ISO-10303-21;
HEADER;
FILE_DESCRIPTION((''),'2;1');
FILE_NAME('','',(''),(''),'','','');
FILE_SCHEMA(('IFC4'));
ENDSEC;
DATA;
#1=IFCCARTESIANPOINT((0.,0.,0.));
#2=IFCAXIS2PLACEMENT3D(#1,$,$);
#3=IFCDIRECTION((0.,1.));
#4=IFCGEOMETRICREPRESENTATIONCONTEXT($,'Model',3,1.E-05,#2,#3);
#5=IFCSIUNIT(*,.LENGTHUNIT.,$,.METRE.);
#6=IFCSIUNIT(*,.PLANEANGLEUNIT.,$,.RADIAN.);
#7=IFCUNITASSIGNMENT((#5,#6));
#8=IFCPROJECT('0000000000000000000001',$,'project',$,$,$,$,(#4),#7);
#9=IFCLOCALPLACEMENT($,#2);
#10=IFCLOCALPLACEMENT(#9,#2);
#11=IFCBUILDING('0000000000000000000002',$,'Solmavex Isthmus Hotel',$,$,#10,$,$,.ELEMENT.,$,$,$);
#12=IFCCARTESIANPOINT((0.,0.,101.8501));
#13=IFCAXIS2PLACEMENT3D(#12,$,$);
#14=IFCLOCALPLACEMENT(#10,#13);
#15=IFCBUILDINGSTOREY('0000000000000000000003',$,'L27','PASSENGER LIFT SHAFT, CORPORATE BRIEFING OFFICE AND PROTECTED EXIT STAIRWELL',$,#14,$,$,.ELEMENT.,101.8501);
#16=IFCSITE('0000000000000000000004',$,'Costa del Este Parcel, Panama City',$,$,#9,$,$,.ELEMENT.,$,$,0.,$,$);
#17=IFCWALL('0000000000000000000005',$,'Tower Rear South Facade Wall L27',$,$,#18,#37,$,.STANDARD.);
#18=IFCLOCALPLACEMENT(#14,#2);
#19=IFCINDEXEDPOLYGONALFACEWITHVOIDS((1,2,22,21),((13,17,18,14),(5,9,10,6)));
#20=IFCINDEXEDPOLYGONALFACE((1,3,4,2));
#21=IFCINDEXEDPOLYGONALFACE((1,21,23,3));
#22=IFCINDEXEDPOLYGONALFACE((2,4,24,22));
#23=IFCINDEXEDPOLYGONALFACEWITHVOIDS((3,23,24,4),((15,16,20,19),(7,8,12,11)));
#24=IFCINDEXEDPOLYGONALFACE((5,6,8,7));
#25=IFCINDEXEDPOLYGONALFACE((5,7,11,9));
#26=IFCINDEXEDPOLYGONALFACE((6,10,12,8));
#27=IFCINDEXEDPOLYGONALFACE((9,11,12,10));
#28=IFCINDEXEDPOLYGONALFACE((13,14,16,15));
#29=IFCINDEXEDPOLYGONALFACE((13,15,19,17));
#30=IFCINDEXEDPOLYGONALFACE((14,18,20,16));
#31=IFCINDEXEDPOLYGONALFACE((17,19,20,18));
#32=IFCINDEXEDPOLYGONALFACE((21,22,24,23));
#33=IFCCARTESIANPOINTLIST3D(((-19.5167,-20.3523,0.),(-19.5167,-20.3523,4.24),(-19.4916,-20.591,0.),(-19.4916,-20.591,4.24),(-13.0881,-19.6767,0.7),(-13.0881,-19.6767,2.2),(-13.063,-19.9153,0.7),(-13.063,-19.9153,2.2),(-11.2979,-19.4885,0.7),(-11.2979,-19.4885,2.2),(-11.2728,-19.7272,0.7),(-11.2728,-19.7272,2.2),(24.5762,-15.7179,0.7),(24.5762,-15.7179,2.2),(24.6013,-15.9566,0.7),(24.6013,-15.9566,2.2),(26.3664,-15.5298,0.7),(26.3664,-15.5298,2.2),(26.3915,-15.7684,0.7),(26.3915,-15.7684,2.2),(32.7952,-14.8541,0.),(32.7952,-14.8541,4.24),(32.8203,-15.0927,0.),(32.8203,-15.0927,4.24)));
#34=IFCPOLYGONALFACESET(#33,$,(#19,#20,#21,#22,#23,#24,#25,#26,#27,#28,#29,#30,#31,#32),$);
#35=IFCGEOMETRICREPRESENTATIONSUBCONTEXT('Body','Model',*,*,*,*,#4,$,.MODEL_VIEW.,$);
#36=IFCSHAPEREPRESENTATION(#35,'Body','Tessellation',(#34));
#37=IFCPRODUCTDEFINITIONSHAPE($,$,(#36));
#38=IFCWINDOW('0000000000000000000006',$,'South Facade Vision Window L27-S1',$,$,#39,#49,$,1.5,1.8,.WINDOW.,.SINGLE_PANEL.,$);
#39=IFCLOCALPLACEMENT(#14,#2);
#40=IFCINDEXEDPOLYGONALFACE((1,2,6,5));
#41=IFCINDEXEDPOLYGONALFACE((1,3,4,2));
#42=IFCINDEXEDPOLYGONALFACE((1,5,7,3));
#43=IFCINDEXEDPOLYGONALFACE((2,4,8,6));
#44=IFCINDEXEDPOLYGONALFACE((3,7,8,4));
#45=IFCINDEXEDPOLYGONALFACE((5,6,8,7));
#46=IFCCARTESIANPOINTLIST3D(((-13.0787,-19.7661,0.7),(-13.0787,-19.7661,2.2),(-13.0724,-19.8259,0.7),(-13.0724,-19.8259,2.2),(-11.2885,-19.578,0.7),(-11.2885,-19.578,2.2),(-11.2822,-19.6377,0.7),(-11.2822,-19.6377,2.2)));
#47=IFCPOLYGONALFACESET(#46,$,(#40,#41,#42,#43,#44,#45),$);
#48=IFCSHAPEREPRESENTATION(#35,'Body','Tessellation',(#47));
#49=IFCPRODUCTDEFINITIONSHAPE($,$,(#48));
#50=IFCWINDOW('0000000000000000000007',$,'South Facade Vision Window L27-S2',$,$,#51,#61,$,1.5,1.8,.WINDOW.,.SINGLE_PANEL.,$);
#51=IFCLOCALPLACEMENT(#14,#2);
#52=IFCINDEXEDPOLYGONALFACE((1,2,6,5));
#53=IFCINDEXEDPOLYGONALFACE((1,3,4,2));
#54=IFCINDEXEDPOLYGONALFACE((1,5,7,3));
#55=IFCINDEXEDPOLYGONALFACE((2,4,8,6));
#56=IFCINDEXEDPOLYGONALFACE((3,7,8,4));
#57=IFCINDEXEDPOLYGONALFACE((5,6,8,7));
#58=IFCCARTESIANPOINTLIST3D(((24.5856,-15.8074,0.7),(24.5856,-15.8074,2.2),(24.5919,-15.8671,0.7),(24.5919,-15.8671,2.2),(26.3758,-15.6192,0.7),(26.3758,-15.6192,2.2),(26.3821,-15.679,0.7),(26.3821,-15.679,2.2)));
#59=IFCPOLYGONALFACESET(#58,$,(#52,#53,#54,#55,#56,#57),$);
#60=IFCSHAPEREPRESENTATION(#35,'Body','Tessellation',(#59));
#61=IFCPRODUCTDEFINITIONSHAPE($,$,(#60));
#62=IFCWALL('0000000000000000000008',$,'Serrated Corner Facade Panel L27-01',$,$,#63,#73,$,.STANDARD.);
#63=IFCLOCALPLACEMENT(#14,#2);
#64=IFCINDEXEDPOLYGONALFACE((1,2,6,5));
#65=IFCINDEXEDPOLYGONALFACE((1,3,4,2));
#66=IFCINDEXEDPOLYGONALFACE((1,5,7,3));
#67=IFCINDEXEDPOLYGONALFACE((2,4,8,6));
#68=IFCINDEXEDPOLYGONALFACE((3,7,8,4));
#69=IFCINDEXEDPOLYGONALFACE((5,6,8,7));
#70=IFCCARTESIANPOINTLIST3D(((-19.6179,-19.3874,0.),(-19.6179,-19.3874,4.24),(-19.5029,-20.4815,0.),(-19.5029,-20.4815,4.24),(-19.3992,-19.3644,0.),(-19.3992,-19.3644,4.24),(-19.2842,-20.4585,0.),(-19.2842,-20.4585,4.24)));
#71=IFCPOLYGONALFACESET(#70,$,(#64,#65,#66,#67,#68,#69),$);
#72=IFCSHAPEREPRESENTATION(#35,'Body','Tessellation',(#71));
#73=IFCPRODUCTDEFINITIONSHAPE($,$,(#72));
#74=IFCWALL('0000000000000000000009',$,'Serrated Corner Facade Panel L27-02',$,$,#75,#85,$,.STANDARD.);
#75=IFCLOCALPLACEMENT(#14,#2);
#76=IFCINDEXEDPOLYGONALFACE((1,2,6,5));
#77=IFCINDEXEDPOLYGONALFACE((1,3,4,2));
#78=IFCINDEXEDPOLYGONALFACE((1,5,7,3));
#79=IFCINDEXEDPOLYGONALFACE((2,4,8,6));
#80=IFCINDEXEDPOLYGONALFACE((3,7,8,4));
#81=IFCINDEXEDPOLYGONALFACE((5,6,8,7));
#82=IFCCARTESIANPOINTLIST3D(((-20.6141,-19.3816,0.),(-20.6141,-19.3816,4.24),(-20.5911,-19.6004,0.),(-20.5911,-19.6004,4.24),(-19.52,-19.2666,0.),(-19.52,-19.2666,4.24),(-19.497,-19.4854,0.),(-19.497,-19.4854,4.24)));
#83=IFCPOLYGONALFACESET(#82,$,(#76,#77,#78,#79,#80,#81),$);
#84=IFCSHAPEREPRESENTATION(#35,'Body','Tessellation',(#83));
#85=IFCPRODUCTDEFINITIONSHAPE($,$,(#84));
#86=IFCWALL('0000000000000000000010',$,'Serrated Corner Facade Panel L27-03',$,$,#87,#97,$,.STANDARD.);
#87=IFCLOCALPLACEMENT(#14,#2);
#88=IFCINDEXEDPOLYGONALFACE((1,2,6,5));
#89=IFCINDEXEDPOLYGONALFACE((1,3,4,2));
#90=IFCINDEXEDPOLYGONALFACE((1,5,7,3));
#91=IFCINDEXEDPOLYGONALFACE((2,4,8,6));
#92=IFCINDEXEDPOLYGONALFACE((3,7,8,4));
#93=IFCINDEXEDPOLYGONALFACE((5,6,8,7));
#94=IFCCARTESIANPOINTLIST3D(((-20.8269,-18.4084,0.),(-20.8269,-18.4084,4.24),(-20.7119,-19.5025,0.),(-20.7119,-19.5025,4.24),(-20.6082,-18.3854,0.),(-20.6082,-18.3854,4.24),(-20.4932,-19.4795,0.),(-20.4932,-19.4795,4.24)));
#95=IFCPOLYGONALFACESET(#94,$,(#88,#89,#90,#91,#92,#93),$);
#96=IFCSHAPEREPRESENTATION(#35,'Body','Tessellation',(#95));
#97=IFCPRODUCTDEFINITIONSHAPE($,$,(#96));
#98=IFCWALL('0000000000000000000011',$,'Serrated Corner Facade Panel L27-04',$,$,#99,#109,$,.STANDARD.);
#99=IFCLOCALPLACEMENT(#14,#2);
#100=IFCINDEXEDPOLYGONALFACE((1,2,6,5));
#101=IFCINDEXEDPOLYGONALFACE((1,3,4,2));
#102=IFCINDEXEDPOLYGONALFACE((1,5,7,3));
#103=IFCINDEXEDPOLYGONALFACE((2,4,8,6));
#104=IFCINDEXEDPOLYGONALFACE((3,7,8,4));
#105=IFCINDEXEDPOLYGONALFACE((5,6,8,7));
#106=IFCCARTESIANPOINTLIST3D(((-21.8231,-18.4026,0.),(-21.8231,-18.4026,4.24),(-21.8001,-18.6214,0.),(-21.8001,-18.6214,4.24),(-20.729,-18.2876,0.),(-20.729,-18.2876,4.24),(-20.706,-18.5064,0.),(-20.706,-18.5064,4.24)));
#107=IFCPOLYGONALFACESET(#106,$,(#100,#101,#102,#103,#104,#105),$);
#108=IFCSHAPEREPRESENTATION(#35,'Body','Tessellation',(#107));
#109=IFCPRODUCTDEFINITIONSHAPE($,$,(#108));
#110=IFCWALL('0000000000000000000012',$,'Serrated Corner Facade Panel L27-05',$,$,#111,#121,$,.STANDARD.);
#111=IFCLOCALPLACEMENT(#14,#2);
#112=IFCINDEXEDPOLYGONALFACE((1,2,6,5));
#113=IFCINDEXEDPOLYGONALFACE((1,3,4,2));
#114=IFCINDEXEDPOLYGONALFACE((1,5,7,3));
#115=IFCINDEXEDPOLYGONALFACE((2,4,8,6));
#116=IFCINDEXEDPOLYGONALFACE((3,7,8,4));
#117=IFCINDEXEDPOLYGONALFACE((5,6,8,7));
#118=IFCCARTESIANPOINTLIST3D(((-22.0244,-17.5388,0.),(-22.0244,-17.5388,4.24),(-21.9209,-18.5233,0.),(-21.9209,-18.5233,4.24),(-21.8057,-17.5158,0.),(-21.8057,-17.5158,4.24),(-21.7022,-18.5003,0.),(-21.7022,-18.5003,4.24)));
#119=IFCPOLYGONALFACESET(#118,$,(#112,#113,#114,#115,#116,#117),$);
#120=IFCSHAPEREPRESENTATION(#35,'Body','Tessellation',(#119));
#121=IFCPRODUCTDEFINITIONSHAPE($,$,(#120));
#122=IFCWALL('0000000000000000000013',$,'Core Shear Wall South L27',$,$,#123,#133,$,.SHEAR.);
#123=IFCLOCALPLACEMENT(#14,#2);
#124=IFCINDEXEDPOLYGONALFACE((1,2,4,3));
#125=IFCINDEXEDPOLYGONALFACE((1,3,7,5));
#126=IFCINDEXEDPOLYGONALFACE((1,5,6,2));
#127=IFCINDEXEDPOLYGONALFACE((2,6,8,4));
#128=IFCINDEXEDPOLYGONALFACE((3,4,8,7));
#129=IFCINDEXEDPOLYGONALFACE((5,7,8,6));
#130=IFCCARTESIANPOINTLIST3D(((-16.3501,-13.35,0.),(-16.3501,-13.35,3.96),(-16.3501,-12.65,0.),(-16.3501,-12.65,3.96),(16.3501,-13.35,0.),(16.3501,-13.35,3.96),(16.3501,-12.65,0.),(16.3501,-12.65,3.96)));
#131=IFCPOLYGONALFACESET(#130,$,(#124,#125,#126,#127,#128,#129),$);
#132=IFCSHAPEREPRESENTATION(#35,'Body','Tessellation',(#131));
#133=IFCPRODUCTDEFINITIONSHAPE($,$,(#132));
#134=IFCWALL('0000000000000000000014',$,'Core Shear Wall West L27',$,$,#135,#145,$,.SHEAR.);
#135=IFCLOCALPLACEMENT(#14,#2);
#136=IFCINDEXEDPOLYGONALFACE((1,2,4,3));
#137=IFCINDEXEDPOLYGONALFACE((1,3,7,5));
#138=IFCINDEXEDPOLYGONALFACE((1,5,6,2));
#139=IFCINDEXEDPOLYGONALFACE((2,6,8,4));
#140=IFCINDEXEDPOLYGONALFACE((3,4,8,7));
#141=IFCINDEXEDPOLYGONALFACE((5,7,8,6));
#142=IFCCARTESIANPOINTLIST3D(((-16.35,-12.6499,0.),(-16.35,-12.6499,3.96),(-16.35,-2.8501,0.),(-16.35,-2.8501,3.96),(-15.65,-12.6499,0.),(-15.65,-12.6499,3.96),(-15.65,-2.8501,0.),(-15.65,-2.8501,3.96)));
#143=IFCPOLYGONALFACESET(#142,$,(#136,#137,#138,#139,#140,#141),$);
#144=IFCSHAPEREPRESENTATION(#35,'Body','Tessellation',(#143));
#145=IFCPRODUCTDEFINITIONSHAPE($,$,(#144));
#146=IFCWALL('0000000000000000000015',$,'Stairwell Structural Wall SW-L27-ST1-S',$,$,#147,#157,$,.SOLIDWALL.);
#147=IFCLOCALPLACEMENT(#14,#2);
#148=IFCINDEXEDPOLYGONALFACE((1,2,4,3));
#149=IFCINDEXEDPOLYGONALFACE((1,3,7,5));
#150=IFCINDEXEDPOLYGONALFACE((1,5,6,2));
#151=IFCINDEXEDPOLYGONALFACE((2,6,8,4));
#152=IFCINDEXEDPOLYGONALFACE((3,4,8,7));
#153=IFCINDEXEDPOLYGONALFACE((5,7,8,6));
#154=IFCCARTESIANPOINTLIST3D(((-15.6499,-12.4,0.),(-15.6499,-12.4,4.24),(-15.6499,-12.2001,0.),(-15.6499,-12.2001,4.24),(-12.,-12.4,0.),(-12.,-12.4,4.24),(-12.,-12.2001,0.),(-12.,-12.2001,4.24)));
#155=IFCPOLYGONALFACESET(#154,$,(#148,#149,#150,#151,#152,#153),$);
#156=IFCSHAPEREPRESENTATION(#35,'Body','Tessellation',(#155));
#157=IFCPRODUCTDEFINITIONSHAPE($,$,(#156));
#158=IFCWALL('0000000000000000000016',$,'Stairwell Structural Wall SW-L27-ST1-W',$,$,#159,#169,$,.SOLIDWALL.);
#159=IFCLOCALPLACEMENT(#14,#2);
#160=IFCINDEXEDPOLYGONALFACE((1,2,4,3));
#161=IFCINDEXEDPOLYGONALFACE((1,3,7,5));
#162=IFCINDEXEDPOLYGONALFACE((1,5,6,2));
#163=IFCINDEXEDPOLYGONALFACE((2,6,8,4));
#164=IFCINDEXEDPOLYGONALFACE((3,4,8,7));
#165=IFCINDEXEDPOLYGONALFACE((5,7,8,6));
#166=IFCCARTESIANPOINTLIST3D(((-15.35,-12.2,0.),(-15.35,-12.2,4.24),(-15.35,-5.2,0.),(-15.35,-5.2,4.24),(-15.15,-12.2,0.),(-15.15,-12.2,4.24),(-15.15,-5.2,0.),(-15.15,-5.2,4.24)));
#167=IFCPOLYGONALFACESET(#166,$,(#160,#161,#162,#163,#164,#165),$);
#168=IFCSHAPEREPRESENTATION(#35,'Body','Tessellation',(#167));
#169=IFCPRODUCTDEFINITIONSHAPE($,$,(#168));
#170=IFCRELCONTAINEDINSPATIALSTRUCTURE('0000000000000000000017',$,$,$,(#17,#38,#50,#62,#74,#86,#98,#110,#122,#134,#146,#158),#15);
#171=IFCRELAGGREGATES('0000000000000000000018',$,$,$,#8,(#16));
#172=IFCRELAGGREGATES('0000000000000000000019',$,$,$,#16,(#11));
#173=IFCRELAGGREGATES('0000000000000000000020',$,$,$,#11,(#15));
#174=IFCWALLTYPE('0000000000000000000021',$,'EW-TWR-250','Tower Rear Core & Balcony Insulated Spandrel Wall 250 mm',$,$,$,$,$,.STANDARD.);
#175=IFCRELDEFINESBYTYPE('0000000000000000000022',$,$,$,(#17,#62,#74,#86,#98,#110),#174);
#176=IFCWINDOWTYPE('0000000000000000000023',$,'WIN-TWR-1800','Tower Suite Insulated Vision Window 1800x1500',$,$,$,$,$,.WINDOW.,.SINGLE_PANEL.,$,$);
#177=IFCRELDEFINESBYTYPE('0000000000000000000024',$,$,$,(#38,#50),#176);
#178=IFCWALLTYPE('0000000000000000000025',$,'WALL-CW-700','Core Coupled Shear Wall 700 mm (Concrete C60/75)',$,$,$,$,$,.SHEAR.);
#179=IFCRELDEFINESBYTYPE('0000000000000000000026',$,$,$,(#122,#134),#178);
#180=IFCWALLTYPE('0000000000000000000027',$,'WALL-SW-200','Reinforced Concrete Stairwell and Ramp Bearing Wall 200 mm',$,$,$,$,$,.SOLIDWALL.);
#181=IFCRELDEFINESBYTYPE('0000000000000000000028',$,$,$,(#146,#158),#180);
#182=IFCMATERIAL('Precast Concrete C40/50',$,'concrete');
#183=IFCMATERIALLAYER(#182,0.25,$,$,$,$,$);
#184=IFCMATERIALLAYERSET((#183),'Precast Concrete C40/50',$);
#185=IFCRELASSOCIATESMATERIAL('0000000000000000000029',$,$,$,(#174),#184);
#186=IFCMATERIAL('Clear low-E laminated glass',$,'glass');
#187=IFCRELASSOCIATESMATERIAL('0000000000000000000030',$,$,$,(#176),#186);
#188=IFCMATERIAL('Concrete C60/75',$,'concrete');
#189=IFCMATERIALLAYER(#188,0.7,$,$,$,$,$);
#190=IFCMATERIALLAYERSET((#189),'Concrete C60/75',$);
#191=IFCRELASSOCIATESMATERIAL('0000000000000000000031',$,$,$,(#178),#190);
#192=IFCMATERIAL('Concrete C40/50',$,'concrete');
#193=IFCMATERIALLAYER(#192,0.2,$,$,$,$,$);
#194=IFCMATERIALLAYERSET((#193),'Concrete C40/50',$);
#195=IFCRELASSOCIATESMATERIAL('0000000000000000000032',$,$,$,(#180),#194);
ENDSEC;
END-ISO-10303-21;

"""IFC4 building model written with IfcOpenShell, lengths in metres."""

from ifc_helpers import new_model, si_unit, direction, frame, frame_2d, origin, place, context, subcontext, project, spatial, rectangle, extrude, material, layer, layer_set, type_object, element, fill, save


model = new_model("IFC4")

# Units and contexts
model_context = context("Model", 3, precision=1e-05, world=origin(), true_north=direction((0.0, 1.0)))
body_context = subcontext(model_context, "Body", "Model", "MODEL_VIEW")
ifc_project = project(units=[si_unit("LENGTHUNIT", "METRE"), si_unit("PLANEANGLEUNIT", "RADIAN")], contexts=[model_context])

# Site, building, storey
site_placement = place(None, origin())
site = spatial("IfcSite", under=ifc_project, at=site_placement, Name="Costa del Este Parcel, Panama City", CompositionType="ELEMENT", RefElevation=0.0)
building_placement = place(site_placement, origin())
building = spatial("IfcBuilding", under=site, at=building_placement, Name="Solmavex Isthmus Hotel", CompositionType="ELEMENT")
storey_placement = place(building_placement, frame((0.0, 0.0, 101.8501)))
storey = spatial("IfcBuildingStorey", under=building, at=storey_placement, Name="L27", Description="PASSENGER LIFT SHAFT, CORPORATE BRIEFING OFFICE AND PROTECTED EXIT STAIRWELL", CompositionType="ELEMENT", Elevation=101.8501)

# Shared definitions
ifc_material_1 = material(Name="Concrete C60/75", Category="concrete")

# Shared definitions
ifc_material_2 = material(Name="Clear low-E laminated glass", Category="glass")

# Wall, openings, windows
ifc_material_3 = material(Name="Precast Concrete C40/50", Category="concrete")
ifc_layer_1 = layer(ifc_material_3, 0.25)
ifc_layer_set_1 = layer_set([ifc_layer_1], Name="Precast Concrete C40/50")
wall_type_1 = type_object("IfcWallType", Name="EW-TWR-250", Description="Tower Rear Core & Balcony Insulated Spandrel Wall 250 mm", PredefinedType="STANDARD", material=ifc_layer_set_1)
wall_1_placement = place(storey_placement, frame((-19.5042, -20.4717, 0.0), z_axis=(0.0, 0.0, 1.0), x_axis=(0.994522, 0.10453, 0.0)))
wall_1 = element("IfcWall", 1, at=wall_1_placement, inside=storey, type_object=wall_type_1, Name="Tower Rear South Facade Wall L27", PredefinedType="STANDARD", context=body_context, shape_type="SweptSolid", body=[
    extrude(rectangle(XDim=52.6001, YDim=0.24, at=frame_2d((26.3, 0.0))), origin(), (0.0, 0.0, 1.0), 4.24),
])
opening_1_placement = place(wall_1_placement, frame((6.4641, 0.0, 0.7)))
opening_1 = element("IfcOpeningElement", 2, at=opening_1_placement, cuts=wall_1, PredefinedType="OPENING", context=body_context, shape_type="SweptSolid", body=[
    extrude(rectangle(XDim=1.8, YDim=1.5, at=frame_2d((0.8999, 0.75))), frame((0.0, 0.1299, 0.0), z_axis=(0.0, -1.0, 0.0), x_axis=(1.0, 0.0, 0.0)), (0.0, 0.0, 1.0), 0.26),
])
opening_2_placement = place(wall_1_placement, frame((44.3359, 0.0, 0.7)))
opening_2 = element("IfcOpeningElement", 3, at=opening_2_placement, cuts=wall_1, PredefinedType="OPENING", context=body_context, shape_type="SweptSolid", body=[
    extrude(rectangle(XDim=1.8, YDim=1.5, at=frame_2d((0.8999, 0.75))), frame((0.0, 0.1299, 0.0), z_axis=(0.0, -1.0, 0.0), x_axis=(1.0, 0.0, 0.0)), (0.0, 0.0, 1.0), 0.26),
])
window_type = type_object("IfcWindowType", Name="WIN-TWR-1800", Description="Tower Suite Insulated Vision Window 1800x1500", PartitioningType="SINGLE_PANEL", PredefinedType="WINDOW", material=ifc_material_2)
window_1_placement = place(opening_1_placement, origin())
window_1 = element("IfcWindow", 4, at=window_1_placement, inside=storey, type_object=window_type, Name="South Facade Vision Window L27-S1", OverallHeight=1.5, OverallWidth=1.8, PartitioningType="SINGLE_PANEL", PredefinedType="WINDOW", context=body_context, shape_type="SweptSolid", body=[
    extrude(rectangle(XDim=1.8, YDim=1.5, at=frame_2d((0.8999, 0.75))), frame((0.0, 0.03, 0.0), z_axis=(0.0, -1.0, 0.0), x_axis=(1.0, 0.0, 0.0)), (0.0, 0.0, 1.0), 0.0601),
])
fill(opening_1, window_1)
window_2_placement = place(opening_2_placement, origin())
window_2 = element("IfcWindow", 5, at=window_2_placement, inside=storey, type_object=window_type, Name="South Facade Vision Window L27-S2", OverallHeight=1.5, OverallWidth=1.8, PartitioningType="SINGLE_PANEL", PredefinedType="WINDOW", context=body_context, shape_type="SweptSolid", body=[
    extrude(rectangle(XDim=1.8, YDim=1.5, at=frame_2d((0.8999, 0.75))), frame((0.0, 0.03, 0.0), z_axis=(0.0, -1.0, 0.0), x_axis=(1.0, 0.0, 0.0)), (0.0, 0.0, 1.0), 0.0601),
])
fill(opening_2, window_2)

# Walls
for number, where, z_axis, x_axis, name in (
    (6, (-19.3936, -20.47, 0.0), (0.0, 0.0, 1.0), (-0.104535, 0.994521, 0.0), "Serrated Corner Facade Panel L27-01"),
    (7, (-19.5085, -19.376, 0.0), (0.0, 0.0, 1.0), (-0.994521, -0.104535, 0.0), "Serrated Corner Facade Panel L27-02"),
    (8, (-20.6025, -19.491, 0.0), (0.0, 0.0, 1.0), (-0.104535, 0.994521, 0.0), "Serrated Corner Facade Panel L27-03"),
    (9, (-20.7175, -18.397, 0.0), (0.0, 0.0, 1.0), (-0.994521, -0.104535, 0.0), "Serrated Corner Facade Panel L27-04"),
):
    element("IfcWall", number, at=place(storey_placement, frame(where, z_axis=z_axis, x_axis=x_axis)), inside=storey, type_object=wall_type_1, Name=name, PredefinedType="STANDARD", context=body_context, shape_type="SweptSolid", body=[
        extrude(rectangle(XDim=1.1001, YDim=0.22, at=frame_2d((0.55, 0.0))), origin(), (0.0, 0.0, 1.0), 4.24),
    ])
wall_2_placement = place(storey_placement, frame((-21.8115, -18.512, 0.0), z_axis=(0.0, 0.0, 1.0), x_axis=(-0.104556, 0.994519, 0.0)))
element("IfcWall", 10, at=wall_2_placement, inside=storey, type_object=wall_type_1, Name="Serrated Corner Facade Panel L27-05", PredefinedType="STANDARD", context=body_context, shape_type="SweptSolid", body=[
    extrude(rectangle(XDim=0.99, YDim=0.22, at=frame_2d((0.4951, 0.0))), origin(), (0.0, 0.0, 1.0), 4.24),
])
ifc_layer_2 = layer(ifc_material_1, 0.7)
ifc_layer_set_2 = layer_set([ifc_layer_2], Name="Concrete C60/75")
wall_type_2 = type_object("IfcWallType", Name="WALL-CW-700", Description="Core Coupled Shear Wall 700 mm (Concrete C60/75)", PredefinedType="SHEAR", material=ifc_layer_set_2)
wall_3_placement = place(storey_placement, frame((-16.3501, -13.0, 0.0), z_axis=(0.0, 0.0, 1.0), x_axis=(1.0, 0.0, 0.0)))
element("IfcWall", 11, at=wall_3_placement, inside=storey, type_object=wall_type_2, Name="Core Shear Wall South L27", PredefinedType="SHEAR", context=body_context, shape_type="SweptSolid", body=[
    extrude(rectangle(XDim=32.7002, YDim=0.7, at=frame_2d((16.3501, 0.0))), origin(), (0.0, 0.0, 1.0), 3.96),
])
wall_4_placement = place(storey_placement, frame((-16.0, -12.6499, 0.0), z_axis=(0.0, 0.0, 1.0), x_axis=(0.0, 1.0, 0.0)))
element("IfcWall", 12, at=wall_4_placement, inside=storey, type_object=wall_type_2, Name="Core Shear Wall West L27", PredefinedType="SHEAR", context=body_context, shape_type="SweptSolid", body=[
    extrude(rectangle(XDim=9.7998, YDim=0.7, at=frame_2d((4.8999, 0.0))), origin(), (0.0, 0.0, 1.0), 3.96),
])
ifc_material_4 = material(Name="Concrete C40/50", Category="concrete")
ifc_layer_3 = layer(ifc_material_4, 0.2)
ifc_layer_set_3 = layer_set([ifc_layer_3], Name="Concrete C40/50")
wall_type_3 = type_object("IfcWallType", Name="WALL-SW-200", Description="Reinforced Concrete Stairwell and Ramp Bearing Wall 200 mm", PredefinedType="SOLIDWALL", material=ifc_layer_set_3)
wall_5_placement = place(storey_placement, frame((-15.6499, -12.3, 0.0), z_axis=(0.0, 0.0, 1.0), x_axis=(1.0, 0.0, 0.0)))
element("IfcWall", 13, at=wall_5_placement, inside=storey, type_object=wall_type_3, Name="Stairwell Structural Wall SW-L27-ST1-S", PredefinedType="SOLIDWALL", context=body_context, shape_type="SweptSolid", body=[
    extrude(rectangle(XDim=3.6499, YDim=0.2, at=frame_2d((1.825, 0.0))), origin(), (0.0, 0.0, 1.0), 4.24),
])
wall_6_placement = place(storey_placement, frame((-15.25, -12.2, 0.0), z_axis=(0.0, 0.0, 1.0), x_axis=(0.0, 1.0, 0.0)))
element("IfcWall", 14, at=wall_6_placement, inside=storey, type_object=wall_type_3, Name="Stairwell Structural Wall SW-L27-ST1-W", PredefinedType="SOLIDWALL", context=body_context, shape_type="SweptSolid", body=[
    extrude(rectangle(XDim=7.0, YDim=0.2, at=frame_2d((3.5, 0.0))), origin(), (0.0, 0.0, 1.0), 4.24),
])

save(model, "model.ifc")
